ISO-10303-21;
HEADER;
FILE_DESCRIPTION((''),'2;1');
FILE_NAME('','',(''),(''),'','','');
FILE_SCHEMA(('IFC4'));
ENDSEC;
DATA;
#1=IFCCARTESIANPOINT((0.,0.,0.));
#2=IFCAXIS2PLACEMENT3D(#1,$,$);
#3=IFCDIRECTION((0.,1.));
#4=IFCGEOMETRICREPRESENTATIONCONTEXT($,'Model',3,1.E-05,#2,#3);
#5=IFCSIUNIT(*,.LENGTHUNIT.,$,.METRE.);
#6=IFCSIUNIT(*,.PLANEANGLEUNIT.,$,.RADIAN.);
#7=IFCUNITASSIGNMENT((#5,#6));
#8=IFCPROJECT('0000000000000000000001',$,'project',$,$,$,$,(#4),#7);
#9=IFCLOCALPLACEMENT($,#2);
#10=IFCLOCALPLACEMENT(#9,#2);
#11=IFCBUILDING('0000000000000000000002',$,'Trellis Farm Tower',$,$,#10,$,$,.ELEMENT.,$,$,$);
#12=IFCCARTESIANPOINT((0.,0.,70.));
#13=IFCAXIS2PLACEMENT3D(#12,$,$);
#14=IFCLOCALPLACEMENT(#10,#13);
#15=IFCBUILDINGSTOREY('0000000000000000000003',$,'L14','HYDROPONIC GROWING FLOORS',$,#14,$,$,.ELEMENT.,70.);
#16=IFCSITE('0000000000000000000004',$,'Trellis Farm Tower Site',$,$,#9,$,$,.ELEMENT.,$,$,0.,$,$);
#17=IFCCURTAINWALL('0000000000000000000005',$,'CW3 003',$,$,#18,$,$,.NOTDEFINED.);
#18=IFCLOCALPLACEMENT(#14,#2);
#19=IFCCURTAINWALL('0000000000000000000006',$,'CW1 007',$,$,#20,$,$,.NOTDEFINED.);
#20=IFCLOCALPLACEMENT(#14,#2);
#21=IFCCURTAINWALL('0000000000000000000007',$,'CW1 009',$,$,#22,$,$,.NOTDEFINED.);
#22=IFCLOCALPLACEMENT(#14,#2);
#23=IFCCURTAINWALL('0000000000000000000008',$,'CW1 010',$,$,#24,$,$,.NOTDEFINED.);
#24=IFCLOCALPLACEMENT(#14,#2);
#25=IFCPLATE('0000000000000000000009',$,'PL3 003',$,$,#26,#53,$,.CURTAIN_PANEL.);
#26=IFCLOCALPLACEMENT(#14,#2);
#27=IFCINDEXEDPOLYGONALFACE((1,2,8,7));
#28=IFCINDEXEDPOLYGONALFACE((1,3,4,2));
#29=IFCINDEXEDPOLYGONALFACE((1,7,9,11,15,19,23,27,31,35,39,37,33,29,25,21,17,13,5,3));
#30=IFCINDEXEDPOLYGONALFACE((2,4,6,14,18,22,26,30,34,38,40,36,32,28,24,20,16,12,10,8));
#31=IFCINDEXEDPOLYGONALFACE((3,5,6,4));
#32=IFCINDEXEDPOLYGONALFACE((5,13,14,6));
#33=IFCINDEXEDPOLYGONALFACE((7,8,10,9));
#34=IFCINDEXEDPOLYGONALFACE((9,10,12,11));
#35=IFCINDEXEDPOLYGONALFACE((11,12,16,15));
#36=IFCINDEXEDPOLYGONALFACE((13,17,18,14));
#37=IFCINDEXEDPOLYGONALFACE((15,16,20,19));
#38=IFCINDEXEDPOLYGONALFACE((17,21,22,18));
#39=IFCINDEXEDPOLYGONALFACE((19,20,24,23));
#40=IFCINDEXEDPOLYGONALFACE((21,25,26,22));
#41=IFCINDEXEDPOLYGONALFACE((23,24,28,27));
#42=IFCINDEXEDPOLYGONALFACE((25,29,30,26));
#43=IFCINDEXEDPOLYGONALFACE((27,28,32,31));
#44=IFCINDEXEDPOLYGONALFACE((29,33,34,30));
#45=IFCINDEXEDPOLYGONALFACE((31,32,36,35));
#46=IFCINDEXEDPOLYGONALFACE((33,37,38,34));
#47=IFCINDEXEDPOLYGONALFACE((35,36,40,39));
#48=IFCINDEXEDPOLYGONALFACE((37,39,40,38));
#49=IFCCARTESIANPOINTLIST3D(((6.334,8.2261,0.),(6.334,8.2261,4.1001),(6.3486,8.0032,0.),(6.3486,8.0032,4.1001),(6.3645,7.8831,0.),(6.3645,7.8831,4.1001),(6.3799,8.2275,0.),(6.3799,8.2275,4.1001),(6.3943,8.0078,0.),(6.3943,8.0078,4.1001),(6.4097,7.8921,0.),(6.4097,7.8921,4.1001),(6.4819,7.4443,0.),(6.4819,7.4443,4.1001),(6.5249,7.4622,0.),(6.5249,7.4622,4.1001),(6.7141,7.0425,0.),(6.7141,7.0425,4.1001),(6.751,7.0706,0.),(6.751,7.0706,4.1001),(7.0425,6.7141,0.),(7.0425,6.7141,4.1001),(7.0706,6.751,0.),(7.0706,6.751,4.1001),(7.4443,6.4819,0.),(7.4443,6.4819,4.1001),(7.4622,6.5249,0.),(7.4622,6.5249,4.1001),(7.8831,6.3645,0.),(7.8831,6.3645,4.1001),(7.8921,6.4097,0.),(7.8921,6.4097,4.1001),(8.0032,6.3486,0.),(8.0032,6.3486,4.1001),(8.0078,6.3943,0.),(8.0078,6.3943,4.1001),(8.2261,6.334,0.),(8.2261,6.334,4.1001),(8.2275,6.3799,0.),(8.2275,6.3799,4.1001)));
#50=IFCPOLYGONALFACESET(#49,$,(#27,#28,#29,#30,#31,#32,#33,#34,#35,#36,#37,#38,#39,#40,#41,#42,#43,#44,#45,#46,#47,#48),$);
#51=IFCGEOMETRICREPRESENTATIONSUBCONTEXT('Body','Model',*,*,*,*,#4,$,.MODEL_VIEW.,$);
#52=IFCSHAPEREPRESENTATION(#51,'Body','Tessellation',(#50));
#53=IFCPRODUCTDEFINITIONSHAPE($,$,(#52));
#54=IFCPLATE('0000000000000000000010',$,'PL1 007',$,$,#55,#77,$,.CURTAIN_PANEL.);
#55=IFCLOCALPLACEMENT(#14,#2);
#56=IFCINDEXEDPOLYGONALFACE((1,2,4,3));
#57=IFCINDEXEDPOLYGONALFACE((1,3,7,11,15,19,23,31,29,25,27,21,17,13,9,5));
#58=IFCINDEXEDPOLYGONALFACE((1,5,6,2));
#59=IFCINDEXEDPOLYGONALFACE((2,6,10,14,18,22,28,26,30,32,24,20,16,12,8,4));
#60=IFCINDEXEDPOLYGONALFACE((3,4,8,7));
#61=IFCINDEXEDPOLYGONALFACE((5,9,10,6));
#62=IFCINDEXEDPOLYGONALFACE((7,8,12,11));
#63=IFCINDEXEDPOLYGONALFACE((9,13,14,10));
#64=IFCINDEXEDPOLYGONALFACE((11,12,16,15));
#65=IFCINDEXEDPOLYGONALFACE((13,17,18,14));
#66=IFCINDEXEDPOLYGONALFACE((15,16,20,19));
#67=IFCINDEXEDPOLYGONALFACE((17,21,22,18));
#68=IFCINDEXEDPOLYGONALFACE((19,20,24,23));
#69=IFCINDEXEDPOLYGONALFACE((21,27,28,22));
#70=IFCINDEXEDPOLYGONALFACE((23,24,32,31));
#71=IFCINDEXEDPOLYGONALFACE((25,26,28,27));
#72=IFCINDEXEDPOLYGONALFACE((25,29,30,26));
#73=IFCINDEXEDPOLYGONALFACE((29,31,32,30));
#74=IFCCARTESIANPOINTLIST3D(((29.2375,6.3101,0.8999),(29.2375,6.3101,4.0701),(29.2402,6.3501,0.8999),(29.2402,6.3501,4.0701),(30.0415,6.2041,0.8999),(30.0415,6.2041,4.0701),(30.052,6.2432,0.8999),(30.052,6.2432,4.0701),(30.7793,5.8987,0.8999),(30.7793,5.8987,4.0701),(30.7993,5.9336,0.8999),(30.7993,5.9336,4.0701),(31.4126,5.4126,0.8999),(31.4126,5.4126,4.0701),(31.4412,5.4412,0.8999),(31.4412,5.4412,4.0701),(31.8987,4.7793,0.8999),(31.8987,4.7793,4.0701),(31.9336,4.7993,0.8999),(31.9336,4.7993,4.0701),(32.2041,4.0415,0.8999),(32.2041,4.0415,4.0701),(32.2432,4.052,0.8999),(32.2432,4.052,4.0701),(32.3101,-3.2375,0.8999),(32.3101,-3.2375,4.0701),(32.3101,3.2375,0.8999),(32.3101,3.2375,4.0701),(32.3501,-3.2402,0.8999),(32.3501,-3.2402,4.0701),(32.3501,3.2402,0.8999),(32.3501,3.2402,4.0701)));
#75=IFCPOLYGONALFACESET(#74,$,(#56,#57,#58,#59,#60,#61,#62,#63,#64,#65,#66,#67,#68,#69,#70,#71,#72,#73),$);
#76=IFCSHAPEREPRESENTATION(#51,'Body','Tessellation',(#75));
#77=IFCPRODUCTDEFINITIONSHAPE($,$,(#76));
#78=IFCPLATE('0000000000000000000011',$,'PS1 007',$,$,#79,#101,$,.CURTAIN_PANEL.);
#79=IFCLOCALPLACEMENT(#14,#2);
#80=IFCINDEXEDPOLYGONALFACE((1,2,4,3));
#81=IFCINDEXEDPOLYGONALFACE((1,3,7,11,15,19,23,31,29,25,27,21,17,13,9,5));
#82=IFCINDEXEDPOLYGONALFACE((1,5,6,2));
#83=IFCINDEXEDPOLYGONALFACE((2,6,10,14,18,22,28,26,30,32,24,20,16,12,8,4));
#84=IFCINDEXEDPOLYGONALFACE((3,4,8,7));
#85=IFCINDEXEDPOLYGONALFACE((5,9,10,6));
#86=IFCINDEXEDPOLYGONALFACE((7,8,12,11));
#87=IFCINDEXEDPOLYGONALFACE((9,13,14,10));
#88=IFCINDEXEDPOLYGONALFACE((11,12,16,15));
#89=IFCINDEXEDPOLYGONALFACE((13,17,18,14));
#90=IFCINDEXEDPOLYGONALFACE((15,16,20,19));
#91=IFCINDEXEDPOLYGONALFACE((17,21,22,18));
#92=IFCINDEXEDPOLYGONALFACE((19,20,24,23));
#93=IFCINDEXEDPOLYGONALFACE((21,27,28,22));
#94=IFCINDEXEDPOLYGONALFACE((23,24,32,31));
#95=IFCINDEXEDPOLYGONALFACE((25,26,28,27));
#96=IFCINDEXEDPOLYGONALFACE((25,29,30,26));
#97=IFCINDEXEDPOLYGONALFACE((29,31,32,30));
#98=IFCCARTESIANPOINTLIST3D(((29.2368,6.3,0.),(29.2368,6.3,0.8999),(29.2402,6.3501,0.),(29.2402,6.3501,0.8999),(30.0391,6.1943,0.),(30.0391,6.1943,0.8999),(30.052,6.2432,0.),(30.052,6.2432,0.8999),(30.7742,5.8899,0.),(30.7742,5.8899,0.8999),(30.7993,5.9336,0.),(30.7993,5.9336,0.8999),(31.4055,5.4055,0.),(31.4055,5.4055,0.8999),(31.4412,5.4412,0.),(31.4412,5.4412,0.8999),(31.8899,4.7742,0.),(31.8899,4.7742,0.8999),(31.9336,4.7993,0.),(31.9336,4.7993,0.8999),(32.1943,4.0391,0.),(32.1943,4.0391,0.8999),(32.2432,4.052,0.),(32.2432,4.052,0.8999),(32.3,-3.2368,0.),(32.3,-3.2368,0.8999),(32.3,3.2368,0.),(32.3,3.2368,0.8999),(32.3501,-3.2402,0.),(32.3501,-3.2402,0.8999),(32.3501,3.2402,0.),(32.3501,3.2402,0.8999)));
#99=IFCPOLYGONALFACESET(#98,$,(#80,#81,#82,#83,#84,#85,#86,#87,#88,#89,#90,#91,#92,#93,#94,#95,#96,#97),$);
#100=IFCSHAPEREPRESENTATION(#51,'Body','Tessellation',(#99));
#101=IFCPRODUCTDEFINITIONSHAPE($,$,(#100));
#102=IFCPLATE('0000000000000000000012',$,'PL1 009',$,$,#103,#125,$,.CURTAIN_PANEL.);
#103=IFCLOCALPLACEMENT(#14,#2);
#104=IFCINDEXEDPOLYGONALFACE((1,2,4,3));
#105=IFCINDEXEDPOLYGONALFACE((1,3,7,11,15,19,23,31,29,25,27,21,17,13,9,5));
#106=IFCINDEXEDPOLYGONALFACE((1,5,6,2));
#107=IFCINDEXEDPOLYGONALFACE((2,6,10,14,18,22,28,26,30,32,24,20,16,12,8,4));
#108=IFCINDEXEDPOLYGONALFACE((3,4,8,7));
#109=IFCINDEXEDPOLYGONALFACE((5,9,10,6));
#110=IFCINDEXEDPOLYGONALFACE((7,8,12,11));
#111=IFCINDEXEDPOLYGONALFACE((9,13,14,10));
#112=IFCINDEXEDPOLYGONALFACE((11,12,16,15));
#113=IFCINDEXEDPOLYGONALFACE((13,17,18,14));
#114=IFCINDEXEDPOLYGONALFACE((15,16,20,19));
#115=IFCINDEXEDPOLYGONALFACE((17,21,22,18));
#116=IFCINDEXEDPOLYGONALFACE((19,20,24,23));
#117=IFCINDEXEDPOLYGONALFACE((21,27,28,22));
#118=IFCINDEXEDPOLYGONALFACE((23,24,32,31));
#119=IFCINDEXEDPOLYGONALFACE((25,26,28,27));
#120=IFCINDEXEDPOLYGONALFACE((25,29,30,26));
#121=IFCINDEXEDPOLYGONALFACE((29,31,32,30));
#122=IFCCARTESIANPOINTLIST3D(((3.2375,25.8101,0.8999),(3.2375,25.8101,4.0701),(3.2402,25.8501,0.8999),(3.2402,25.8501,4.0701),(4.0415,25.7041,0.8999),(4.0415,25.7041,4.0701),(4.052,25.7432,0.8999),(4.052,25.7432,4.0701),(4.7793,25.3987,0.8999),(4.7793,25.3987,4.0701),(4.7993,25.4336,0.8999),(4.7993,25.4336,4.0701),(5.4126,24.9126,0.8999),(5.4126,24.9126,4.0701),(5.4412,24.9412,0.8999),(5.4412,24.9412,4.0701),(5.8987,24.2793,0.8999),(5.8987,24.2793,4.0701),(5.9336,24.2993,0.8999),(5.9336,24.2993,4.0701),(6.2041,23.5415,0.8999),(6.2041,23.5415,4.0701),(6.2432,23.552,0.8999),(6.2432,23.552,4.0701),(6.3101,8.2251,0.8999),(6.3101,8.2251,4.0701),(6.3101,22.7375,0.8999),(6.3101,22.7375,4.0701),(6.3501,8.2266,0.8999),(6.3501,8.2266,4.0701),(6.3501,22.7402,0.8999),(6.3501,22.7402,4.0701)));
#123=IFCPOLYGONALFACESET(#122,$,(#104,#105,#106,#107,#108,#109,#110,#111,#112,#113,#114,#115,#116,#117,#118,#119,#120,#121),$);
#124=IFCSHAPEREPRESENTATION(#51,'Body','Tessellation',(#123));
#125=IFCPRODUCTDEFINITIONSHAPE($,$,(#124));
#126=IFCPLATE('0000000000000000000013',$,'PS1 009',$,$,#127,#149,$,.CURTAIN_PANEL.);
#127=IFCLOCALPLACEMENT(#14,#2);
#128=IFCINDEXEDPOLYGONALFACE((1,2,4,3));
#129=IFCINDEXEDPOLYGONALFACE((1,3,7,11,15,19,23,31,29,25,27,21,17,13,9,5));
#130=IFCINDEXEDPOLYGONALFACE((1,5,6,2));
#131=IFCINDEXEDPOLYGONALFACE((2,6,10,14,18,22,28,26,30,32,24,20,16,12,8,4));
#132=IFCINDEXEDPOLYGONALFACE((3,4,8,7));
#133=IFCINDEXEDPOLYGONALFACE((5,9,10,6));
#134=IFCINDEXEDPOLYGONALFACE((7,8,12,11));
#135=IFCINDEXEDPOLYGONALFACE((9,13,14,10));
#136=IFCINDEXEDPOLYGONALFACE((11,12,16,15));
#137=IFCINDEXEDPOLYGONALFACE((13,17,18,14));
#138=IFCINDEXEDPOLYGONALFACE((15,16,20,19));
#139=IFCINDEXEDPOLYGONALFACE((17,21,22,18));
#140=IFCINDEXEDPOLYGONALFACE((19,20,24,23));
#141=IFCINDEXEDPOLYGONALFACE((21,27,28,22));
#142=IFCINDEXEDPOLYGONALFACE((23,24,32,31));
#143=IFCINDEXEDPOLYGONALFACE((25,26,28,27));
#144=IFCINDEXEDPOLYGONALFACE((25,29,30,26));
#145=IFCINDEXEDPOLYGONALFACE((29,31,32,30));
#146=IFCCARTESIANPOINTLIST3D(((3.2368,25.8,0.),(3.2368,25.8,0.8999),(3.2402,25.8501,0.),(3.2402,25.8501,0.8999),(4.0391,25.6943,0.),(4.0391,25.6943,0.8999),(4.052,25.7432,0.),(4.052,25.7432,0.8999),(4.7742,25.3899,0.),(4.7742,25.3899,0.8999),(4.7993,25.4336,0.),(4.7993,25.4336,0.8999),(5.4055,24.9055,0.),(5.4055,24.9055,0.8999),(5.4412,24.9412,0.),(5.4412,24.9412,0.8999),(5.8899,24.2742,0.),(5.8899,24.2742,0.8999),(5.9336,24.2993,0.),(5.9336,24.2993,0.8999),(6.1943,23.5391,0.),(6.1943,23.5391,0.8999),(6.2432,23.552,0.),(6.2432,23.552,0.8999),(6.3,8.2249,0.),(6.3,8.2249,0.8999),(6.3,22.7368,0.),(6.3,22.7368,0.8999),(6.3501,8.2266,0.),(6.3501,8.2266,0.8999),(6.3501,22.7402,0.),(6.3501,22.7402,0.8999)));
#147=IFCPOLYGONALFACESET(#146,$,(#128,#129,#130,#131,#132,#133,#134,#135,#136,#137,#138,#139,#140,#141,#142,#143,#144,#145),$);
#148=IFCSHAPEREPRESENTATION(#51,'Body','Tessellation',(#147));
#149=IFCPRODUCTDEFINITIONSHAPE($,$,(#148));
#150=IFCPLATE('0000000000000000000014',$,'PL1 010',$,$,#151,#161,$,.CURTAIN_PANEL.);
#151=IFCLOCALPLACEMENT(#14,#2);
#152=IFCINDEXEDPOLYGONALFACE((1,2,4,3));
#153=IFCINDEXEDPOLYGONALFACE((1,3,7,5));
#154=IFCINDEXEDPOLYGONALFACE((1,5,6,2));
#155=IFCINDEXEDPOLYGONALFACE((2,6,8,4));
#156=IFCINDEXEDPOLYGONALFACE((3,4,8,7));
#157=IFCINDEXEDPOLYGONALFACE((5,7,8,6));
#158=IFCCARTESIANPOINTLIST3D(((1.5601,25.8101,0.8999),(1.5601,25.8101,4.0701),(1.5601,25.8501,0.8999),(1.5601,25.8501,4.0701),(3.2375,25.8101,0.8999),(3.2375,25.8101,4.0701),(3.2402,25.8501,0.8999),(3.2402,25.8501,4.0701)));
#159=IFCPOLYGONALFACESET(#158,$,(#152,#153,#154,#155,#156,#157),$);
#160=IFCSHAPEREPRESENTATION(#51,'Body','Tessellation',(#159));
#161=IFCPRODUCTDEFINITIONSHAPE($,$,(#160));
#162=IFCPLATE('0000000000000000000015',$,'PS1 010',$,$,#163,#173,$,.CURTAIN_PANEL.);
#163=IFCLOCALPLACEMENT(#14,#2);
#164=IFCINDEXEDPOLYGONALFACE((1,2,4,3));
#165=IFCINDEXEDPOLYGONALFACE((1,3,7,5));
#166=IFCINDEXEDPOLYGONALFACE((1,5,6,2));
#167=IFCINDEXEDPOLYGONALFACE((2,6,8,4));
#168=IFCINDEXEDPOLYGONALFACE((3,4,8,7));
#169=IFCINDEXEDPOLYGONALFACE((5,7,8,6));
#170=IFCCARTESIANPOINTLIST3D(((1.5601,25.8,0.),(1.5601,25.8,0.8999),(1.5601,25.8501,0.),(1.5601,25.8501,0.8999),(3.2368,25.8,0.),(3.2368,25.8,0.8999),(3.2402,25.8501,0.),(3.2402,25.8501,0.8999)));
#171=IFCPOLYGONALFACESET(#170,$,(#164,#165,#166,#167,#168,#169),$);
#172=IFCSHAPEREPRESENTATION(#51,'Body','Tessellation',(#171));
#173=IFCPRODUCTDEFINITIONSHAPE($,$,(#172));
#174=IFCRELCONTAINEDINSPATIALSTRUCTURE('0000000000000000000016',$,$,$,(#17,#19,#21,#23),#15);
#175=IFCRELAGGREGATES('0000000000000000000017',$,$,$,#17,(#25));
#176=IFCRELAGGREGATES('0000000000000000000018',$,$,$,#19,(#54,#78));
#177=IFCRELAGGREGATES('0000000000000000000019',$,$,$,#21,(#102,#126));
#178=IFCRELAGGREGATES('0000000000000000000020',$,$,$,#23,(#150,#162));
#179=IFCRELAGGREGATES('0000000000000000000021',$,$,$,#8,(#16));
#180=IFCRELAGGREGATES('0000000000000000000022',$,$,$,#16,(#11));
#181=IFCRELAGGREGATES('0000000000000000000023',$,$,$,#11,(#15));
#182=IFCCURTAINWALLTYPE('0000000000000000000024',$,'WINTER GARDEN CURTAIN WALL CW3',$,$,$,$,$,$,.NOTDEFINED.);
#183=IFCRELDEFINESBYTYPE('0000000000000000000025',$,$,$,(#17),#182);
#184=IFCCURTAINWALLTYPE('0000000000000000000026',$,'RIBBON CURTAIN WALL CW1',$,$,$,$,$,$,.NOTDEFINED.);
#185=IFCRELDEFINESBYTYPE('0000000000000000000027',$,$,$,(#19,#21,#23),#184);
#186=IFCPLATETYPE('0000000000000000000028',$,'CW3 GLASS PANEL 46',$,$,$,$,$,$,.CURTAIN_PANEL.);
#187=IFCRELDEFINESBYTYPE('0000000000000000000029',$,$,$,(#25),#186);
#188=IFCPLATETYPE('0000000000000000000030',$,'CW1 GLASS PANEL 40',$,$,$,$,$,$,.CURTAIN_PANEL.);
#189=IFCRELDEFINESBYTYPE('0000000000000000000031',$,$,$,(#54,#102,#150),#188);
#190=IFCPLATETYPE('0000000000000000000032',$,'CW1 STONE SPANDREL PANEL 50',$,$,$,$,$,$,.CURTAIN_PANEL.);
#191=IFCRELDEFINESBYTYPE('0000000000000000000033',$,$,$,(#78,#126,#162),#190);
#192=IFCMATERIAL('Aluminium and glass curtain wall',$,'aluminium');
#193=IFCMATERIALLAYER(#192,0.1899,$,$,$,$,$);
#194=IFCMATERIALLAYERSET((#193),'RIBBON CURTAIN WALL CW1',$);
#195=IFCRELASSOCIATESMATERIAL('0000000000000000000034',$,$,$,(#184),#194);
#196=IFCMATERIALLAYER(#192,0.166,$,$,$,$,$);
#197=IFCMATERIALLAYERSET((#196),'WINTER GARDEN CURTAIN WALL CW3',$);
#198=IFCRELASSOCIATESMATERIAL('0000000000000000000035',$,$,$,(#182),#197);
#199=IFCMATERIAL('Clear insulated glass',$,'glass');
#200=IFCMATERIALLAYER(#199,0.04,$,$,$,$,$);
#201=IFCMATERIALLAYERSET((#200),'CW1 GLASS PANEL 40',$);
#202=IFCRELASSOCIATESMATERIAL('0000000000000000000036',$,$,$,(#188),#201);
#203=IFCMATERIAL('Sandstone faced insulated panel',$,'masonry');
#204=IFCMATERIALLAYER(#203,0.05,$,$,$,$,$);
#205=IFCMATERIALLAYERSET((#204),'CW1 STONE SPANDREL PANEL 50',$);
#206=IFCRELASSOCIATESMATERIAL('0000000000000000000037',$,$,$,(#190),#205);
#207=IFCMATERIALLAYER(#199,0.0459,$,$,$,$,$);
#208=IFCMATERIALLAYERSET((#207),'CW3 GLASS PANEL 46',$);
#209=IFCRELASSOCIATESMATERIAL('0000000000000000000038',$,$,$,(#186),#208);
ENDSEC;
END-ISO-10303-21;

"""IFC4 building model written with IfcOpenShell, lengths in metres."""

from ifc_helpers import new_model, si_unit, direction, frame, origin, place, context, subcontext, project, spatial, polyline, outline, extrude, source, transform, mapped, material, layer, layer_set, type_object, element, aggregate, save


model = new_model("IFC4")

# Units and contexts
model_context = context("Model", 3, precision=1e-05, world=origin(), true_north=direction((0.0, 1.0)))
body_context = subcontext(model_context, "Body", "Model", "MODEL_VIEW")
ifc_project = project(units=[si_unit("LENGTHUNIT", "METRE"), si_unit("PLANEANGLEUNIT", "RADIAN")], contexts=[model_context])

# Site, building, storey
site_placement = place(None, origin())
site = spatial("IfcSite", under=ifc_project, at=site_placement, Name="Trellis Farm Tower Site", CompositionType="ELEMENT", RefElevation=0.0)
building_placement = place(site_placement, origin())
building = spatial("IfcBuilding", under=site, at=building_placement, Name="Trellis Farm Tower", CompositionType="ELEMENT")
storey_placement = place(building_placement, frame((0.0, 0.0, 70.0)))
storey = spatial("IfcBuildingStorey", under=building, at=storey_placement, Name="L14", Description="HYDROPONIC GROWING FLOORS", CompositionType="ELEMENT", Elevation=70.0)

# Curtain walls
ifc_material_1 = material(Name="Aluminium and glass curtain wall", Category="aluminium")
ifc_layer_1 = layer(ifc_material_1, 0.1899)
ifc_layer_set_1 = layer_set([ifc_layer_1], Name="RIBBON CURTAIN WALL CW1")
curtain_wall_type_1 = type_object("IfcCurtainWallType", Name="RIBBON CURTAIN WALL CW1", PredefinedType="NOTDEFINED", material=ifc_layer_set_1)
placement_1 = place(storey_placement, origin())
ifc_layer_2 = layer(ifc_material_1, 0.166)
ifc_layer_set_2 = layer_set([ifc_layer_2], Name="WINTER GARDEN CURTAIN WALL CW3")
curtain_wall_type_2 = type_object("IfcCurtainWallType", Name="WINTER GARDEN CURTAIN WALL CW3", PredefinedType="NOTDEFINED", material=ifc_layer_set_2)
curtain_wall_1 = element("IfcCurtainWall", 1, at=placement_1, inside=storey, type_object=curtain_wall_type_2, Name="CW3 003", PredefinedType="NOTDEFINED")
curtain_wall_2 = element("IfcCurtainWall", 2, at=placement_1, inside=storey, type_object=curtain_wall_type_1, Name="CW1 007", PredefinedType="NOTDEFINED")
curtain_wall_3 = element("IfcCurtainWall", 3, at=placement_1, inside=storey, type_object=curtain_wall_type_1, Name="CW1 009", PredefinedType="NOTDEFINED")
curtain_wall_4 = element("IfcCurtainWall", 4, at=placement_1, inside=storey, type_object=curtain_wall_type_1, Name="CW1 010", PredefinedType="NOTDEFINED")

# Plates
ifc_material_2 = material(Name="Clear insulated glass", Category="glass")
ifc_layer_3 = layer(ifc_material_2, 0.04)
ifc_layer_set_3 = layer_set([ifc_layer_3], Name="CW1 GLASS PANEL 40")
plate_type_1 = type_object("IfcPlateType", Name="CW1 GLASS PANEL 40", PredefinedType="CURTAIN_PANEL", material=ifc_layer_set_3)
placement_2 = place(storey_placement, frame((0.0, 0.0, 0.8999)))
ifc_material_3 = material(Name="Sandstone faced insulated panel", Category="masonry")
ifc_layer_4 = layer(ifc_material_3, 0.05)
ifc_layer_set_4 = layer_set([ifc_layer_4], Name="CW1 STONE SPANDREL PANEL 50")
plate_type_2 = type_object("IfcPlateType", Name="CW1 STONE SPANDREL PANEL 50", PredefinedType="CURTAIN_PANEL", material=ifc_layer_set_4)
ifc_layer_5 = layer(ifc_material_2, 0.0459)
ifc_layer_set_5 = layer_set([ifc_layer_5], Name="CW3 GLASS PANEL 46")
plate_type_3 = type_object("IfcPlateType", Name="CW3 GLASS PANEL 46", PredefinedType="CURTAIN_PANEL", material=ifc_layer_set_5)
shared_shape_1 = source(origin(), body_context, "Body", "SweptSolid", [
    extrude(outline(polyline([(8.2275, 6.3799), (8.0078, 6.3943), (7.8921, 6.4097), (7.4622, 6.5249), (7.0706, 6.751), (6.751, 7.0706), (6.5249, 7.4622), (6.4097, 7.8921), (6.3943, 8.0078), (6.3799, 8.2275), (6.334, 8.2261), (6.3486, 8.0032), (6.3645, 7.8831), (6.4819, 7.4443), (6.7141, 7.0425), (7.0425, 6.7141), (7.4443, 6.4819), (7.8831, 6.3645), (8.0032, 6.3486), (8.2261, 6.334), (8.2275, 6.3799)])), origin(), (0.0, 0.0, 1.0), 4.1001),
])
plate_1 = element("IfcPlate", 5, at=placement_1, type_object=plate_type_3, Name="PL3 003", PredefinedType="CURTAIN_PANEL", context=body_context, shape_type="MappedRepresentation", body=[
    mapped(shared_shape_1, transform((0.0, 0.0, 0.0))),
])
aggregate(curtain_wall_1, [plate_1])
shared_shape_2 = source(origin(), body_context, "Body", "SweptSolid", [
    extrude(outline(polyline([(32.3501, -3.2402), (32.3501, 3.2402), (32.2432, 4.052), (31.9336, 4.7993), (31.4412, 5.4412), (30.7993, 5.9336), (30.052, 6.2432), (29.2402, 6.3501), (29.2375, 6.3101), (30.0415, 6.2041), (30.7793, 5.8987), (31.4126, 5.4126), (31.8987, 4.7793), (32.2041, 4.0415), (32.3101, 3.2375), (32.3101, -3.2375), (32.3501, -3.2402)])), origin(), (0.0, 0.0, 1.0), 3.1702),
])
plate_2 = element("IfcPlate", 6, at=placement_2, type_object=plate_type_1, Name="PL1 007", PredefinedType="CURTAIN_PANEL", context=body_context, shape_type="MappedRepresentation", body=[
    mapped(shared_shape_2, transform((0.0, 0.0, 0.0))),
])
shared_shape_3 = source(origin(), body_context, "Body", "SweptSolid", [
    extrude(outline(polyline([(32.3501, -3.2402), (32.3501, 3.2402), (32.2432, 4.052), (31.9336, 4.7993), (31.4412, 5.4412), (30.7993, 5.9336), (30.052, 6.2432), (29.2402, 6.3501), (29.2368, 6.3), (30.0391, 6.1943), (30.7742, 5.8899), (31.4055, 5.4055), (31.8899, 4.7742), (32.1943, 4.0391), (32.3, 3.2368), (32.3, -3.2368), (32.3501, -3.2402)])), origin(), (0.0, 0.0, 1.0), 0.8999),
])
plate_3 = element("IfcPlate", 7, at=placement_1, type_object=plate_type_2, Name="PS1 007", PredefinedType="CURTAIN_PANEL", context=body_context, shape_type="MappedRepresentation", body=[
    mapped(shared_shape_3, transform((0.0, 0.0, 0.0))),
])
aggregate(curtain_wall_2, [plate_2, plate_3])
shared_shape_4 = source(origin(), body_context, "Body", "SweptSolid", [
    extrude(outline(polyline([(6.3501, 8.2266), (6.3501, 22.7402), (6.2432, 23.552), (5.9336, 24.2993), (5.4412, 24.9412), (4.7993, 25.4336), (4.052, 25.7432), (3.2402, 25.8501), (3.2375, 25.8101), (4.0415, 25.7041), (4.7793, 25.3987), (5.4126, 24.9126), (5.8987, 24.2793), (6.2041, 23.5415), (6.3101, 22.7375), (6.3101, 8.2251), (6.3501, 8.2266)])), origin(), (0.0, 0.0, 1.0), 3.1702),
])
plate_4 = element("IfcPlate", 8, at=placement_2, type_object=plate_type_1, Name="PL1 009", PredefinedType="CURTAIN_PANEL", context=body_context, shape_type="MappedRepresentation", body=[
    mapped(shared_shape_4, transform((0.0, 0.0, 0.0))),
])
shared_shape_5 = source(origin(), body_context, "Body", "SweptSolid", [
    extrude(outline(polyline([(6.3501, 8.2266), (6.3501, 22.7402), (6.2432, 23.552), (5.9336, 24.2993), (5.4412, 24.9412), (4.7993, 25.4336), (4.052, 25.7432), (3.2402, 25.8501), (3.2368, 25.8), (4.0391, 25.6943), (4.7742, 25.3899), (5.4055, 24.9055), (5.8899, 24.2742), (6.1943, 23.5391), (6.3, 22.7368), (6.3, 8.2249), (6.3501, 8.2266)])), origin(), (0.0, 0.0, 1.0), 0.8999),
])
plate_5 = element("IfcPlate", 9, at=placement_1, type_object=plate_type_2, Name="PS1 009", PredefinedType="CURTAIN_PANEL", context=body_context, shape_type="MappedRepresentation", body=[
    mapped(shared_shape_5, transform((0.0, 0.0, 0.0))),
])
aggregate(curtain_wall_3, [plate_4, plate_5])
shared_shape_6 = source(origin(), body_context, "Body", "SweptSolid", [
    extrude(outline(polyline([(3.2402, 25.8501), (1.5601, 25.8501), (1.5601, 25.8101), (3.2375, 25.8101), (3.2402, 25.8501)])), origin(), (0.0, 0.0, 1.0), 3.1702),
])
plate_6 = element("IfcPlate", 10, at=placement_2, type_object=plate_type_1, Name="PL1 010", PredefinedType="CURTAIN_PANEL", context=body_context, shape_type="MappedRepresentation", body=[
    mapped(shared_shape_6, transform((0.0, 0.0, 0.0))),
])
shared_shape_7 = source(origin(), body_context, "Body", "SweptSolid", [
    extrude(outline(polyline([(3.2402, 25.8501), (1.5601, 25.8501), (1.5601, 25.8), (3.2368, 25.8), (3.2402, 25.8501)])), origin(), (0.0, 0.0, 1.0), 0.8999),
])
plate_7 = element("IfcPlate", 11, at=placement_1, type_object=plate_type_2, Name="PS1 010", PredefinedType="CURTAIN_PANEL", context=body_context, shape_type="MappedRepresentation", body=[
    mapped(shared_shape_7, transform((0.0, 0.0, 0.0))),
])
aggregate(curtain_wall_4, [plate_6, plate_7])

save(model, "model.ifc")
